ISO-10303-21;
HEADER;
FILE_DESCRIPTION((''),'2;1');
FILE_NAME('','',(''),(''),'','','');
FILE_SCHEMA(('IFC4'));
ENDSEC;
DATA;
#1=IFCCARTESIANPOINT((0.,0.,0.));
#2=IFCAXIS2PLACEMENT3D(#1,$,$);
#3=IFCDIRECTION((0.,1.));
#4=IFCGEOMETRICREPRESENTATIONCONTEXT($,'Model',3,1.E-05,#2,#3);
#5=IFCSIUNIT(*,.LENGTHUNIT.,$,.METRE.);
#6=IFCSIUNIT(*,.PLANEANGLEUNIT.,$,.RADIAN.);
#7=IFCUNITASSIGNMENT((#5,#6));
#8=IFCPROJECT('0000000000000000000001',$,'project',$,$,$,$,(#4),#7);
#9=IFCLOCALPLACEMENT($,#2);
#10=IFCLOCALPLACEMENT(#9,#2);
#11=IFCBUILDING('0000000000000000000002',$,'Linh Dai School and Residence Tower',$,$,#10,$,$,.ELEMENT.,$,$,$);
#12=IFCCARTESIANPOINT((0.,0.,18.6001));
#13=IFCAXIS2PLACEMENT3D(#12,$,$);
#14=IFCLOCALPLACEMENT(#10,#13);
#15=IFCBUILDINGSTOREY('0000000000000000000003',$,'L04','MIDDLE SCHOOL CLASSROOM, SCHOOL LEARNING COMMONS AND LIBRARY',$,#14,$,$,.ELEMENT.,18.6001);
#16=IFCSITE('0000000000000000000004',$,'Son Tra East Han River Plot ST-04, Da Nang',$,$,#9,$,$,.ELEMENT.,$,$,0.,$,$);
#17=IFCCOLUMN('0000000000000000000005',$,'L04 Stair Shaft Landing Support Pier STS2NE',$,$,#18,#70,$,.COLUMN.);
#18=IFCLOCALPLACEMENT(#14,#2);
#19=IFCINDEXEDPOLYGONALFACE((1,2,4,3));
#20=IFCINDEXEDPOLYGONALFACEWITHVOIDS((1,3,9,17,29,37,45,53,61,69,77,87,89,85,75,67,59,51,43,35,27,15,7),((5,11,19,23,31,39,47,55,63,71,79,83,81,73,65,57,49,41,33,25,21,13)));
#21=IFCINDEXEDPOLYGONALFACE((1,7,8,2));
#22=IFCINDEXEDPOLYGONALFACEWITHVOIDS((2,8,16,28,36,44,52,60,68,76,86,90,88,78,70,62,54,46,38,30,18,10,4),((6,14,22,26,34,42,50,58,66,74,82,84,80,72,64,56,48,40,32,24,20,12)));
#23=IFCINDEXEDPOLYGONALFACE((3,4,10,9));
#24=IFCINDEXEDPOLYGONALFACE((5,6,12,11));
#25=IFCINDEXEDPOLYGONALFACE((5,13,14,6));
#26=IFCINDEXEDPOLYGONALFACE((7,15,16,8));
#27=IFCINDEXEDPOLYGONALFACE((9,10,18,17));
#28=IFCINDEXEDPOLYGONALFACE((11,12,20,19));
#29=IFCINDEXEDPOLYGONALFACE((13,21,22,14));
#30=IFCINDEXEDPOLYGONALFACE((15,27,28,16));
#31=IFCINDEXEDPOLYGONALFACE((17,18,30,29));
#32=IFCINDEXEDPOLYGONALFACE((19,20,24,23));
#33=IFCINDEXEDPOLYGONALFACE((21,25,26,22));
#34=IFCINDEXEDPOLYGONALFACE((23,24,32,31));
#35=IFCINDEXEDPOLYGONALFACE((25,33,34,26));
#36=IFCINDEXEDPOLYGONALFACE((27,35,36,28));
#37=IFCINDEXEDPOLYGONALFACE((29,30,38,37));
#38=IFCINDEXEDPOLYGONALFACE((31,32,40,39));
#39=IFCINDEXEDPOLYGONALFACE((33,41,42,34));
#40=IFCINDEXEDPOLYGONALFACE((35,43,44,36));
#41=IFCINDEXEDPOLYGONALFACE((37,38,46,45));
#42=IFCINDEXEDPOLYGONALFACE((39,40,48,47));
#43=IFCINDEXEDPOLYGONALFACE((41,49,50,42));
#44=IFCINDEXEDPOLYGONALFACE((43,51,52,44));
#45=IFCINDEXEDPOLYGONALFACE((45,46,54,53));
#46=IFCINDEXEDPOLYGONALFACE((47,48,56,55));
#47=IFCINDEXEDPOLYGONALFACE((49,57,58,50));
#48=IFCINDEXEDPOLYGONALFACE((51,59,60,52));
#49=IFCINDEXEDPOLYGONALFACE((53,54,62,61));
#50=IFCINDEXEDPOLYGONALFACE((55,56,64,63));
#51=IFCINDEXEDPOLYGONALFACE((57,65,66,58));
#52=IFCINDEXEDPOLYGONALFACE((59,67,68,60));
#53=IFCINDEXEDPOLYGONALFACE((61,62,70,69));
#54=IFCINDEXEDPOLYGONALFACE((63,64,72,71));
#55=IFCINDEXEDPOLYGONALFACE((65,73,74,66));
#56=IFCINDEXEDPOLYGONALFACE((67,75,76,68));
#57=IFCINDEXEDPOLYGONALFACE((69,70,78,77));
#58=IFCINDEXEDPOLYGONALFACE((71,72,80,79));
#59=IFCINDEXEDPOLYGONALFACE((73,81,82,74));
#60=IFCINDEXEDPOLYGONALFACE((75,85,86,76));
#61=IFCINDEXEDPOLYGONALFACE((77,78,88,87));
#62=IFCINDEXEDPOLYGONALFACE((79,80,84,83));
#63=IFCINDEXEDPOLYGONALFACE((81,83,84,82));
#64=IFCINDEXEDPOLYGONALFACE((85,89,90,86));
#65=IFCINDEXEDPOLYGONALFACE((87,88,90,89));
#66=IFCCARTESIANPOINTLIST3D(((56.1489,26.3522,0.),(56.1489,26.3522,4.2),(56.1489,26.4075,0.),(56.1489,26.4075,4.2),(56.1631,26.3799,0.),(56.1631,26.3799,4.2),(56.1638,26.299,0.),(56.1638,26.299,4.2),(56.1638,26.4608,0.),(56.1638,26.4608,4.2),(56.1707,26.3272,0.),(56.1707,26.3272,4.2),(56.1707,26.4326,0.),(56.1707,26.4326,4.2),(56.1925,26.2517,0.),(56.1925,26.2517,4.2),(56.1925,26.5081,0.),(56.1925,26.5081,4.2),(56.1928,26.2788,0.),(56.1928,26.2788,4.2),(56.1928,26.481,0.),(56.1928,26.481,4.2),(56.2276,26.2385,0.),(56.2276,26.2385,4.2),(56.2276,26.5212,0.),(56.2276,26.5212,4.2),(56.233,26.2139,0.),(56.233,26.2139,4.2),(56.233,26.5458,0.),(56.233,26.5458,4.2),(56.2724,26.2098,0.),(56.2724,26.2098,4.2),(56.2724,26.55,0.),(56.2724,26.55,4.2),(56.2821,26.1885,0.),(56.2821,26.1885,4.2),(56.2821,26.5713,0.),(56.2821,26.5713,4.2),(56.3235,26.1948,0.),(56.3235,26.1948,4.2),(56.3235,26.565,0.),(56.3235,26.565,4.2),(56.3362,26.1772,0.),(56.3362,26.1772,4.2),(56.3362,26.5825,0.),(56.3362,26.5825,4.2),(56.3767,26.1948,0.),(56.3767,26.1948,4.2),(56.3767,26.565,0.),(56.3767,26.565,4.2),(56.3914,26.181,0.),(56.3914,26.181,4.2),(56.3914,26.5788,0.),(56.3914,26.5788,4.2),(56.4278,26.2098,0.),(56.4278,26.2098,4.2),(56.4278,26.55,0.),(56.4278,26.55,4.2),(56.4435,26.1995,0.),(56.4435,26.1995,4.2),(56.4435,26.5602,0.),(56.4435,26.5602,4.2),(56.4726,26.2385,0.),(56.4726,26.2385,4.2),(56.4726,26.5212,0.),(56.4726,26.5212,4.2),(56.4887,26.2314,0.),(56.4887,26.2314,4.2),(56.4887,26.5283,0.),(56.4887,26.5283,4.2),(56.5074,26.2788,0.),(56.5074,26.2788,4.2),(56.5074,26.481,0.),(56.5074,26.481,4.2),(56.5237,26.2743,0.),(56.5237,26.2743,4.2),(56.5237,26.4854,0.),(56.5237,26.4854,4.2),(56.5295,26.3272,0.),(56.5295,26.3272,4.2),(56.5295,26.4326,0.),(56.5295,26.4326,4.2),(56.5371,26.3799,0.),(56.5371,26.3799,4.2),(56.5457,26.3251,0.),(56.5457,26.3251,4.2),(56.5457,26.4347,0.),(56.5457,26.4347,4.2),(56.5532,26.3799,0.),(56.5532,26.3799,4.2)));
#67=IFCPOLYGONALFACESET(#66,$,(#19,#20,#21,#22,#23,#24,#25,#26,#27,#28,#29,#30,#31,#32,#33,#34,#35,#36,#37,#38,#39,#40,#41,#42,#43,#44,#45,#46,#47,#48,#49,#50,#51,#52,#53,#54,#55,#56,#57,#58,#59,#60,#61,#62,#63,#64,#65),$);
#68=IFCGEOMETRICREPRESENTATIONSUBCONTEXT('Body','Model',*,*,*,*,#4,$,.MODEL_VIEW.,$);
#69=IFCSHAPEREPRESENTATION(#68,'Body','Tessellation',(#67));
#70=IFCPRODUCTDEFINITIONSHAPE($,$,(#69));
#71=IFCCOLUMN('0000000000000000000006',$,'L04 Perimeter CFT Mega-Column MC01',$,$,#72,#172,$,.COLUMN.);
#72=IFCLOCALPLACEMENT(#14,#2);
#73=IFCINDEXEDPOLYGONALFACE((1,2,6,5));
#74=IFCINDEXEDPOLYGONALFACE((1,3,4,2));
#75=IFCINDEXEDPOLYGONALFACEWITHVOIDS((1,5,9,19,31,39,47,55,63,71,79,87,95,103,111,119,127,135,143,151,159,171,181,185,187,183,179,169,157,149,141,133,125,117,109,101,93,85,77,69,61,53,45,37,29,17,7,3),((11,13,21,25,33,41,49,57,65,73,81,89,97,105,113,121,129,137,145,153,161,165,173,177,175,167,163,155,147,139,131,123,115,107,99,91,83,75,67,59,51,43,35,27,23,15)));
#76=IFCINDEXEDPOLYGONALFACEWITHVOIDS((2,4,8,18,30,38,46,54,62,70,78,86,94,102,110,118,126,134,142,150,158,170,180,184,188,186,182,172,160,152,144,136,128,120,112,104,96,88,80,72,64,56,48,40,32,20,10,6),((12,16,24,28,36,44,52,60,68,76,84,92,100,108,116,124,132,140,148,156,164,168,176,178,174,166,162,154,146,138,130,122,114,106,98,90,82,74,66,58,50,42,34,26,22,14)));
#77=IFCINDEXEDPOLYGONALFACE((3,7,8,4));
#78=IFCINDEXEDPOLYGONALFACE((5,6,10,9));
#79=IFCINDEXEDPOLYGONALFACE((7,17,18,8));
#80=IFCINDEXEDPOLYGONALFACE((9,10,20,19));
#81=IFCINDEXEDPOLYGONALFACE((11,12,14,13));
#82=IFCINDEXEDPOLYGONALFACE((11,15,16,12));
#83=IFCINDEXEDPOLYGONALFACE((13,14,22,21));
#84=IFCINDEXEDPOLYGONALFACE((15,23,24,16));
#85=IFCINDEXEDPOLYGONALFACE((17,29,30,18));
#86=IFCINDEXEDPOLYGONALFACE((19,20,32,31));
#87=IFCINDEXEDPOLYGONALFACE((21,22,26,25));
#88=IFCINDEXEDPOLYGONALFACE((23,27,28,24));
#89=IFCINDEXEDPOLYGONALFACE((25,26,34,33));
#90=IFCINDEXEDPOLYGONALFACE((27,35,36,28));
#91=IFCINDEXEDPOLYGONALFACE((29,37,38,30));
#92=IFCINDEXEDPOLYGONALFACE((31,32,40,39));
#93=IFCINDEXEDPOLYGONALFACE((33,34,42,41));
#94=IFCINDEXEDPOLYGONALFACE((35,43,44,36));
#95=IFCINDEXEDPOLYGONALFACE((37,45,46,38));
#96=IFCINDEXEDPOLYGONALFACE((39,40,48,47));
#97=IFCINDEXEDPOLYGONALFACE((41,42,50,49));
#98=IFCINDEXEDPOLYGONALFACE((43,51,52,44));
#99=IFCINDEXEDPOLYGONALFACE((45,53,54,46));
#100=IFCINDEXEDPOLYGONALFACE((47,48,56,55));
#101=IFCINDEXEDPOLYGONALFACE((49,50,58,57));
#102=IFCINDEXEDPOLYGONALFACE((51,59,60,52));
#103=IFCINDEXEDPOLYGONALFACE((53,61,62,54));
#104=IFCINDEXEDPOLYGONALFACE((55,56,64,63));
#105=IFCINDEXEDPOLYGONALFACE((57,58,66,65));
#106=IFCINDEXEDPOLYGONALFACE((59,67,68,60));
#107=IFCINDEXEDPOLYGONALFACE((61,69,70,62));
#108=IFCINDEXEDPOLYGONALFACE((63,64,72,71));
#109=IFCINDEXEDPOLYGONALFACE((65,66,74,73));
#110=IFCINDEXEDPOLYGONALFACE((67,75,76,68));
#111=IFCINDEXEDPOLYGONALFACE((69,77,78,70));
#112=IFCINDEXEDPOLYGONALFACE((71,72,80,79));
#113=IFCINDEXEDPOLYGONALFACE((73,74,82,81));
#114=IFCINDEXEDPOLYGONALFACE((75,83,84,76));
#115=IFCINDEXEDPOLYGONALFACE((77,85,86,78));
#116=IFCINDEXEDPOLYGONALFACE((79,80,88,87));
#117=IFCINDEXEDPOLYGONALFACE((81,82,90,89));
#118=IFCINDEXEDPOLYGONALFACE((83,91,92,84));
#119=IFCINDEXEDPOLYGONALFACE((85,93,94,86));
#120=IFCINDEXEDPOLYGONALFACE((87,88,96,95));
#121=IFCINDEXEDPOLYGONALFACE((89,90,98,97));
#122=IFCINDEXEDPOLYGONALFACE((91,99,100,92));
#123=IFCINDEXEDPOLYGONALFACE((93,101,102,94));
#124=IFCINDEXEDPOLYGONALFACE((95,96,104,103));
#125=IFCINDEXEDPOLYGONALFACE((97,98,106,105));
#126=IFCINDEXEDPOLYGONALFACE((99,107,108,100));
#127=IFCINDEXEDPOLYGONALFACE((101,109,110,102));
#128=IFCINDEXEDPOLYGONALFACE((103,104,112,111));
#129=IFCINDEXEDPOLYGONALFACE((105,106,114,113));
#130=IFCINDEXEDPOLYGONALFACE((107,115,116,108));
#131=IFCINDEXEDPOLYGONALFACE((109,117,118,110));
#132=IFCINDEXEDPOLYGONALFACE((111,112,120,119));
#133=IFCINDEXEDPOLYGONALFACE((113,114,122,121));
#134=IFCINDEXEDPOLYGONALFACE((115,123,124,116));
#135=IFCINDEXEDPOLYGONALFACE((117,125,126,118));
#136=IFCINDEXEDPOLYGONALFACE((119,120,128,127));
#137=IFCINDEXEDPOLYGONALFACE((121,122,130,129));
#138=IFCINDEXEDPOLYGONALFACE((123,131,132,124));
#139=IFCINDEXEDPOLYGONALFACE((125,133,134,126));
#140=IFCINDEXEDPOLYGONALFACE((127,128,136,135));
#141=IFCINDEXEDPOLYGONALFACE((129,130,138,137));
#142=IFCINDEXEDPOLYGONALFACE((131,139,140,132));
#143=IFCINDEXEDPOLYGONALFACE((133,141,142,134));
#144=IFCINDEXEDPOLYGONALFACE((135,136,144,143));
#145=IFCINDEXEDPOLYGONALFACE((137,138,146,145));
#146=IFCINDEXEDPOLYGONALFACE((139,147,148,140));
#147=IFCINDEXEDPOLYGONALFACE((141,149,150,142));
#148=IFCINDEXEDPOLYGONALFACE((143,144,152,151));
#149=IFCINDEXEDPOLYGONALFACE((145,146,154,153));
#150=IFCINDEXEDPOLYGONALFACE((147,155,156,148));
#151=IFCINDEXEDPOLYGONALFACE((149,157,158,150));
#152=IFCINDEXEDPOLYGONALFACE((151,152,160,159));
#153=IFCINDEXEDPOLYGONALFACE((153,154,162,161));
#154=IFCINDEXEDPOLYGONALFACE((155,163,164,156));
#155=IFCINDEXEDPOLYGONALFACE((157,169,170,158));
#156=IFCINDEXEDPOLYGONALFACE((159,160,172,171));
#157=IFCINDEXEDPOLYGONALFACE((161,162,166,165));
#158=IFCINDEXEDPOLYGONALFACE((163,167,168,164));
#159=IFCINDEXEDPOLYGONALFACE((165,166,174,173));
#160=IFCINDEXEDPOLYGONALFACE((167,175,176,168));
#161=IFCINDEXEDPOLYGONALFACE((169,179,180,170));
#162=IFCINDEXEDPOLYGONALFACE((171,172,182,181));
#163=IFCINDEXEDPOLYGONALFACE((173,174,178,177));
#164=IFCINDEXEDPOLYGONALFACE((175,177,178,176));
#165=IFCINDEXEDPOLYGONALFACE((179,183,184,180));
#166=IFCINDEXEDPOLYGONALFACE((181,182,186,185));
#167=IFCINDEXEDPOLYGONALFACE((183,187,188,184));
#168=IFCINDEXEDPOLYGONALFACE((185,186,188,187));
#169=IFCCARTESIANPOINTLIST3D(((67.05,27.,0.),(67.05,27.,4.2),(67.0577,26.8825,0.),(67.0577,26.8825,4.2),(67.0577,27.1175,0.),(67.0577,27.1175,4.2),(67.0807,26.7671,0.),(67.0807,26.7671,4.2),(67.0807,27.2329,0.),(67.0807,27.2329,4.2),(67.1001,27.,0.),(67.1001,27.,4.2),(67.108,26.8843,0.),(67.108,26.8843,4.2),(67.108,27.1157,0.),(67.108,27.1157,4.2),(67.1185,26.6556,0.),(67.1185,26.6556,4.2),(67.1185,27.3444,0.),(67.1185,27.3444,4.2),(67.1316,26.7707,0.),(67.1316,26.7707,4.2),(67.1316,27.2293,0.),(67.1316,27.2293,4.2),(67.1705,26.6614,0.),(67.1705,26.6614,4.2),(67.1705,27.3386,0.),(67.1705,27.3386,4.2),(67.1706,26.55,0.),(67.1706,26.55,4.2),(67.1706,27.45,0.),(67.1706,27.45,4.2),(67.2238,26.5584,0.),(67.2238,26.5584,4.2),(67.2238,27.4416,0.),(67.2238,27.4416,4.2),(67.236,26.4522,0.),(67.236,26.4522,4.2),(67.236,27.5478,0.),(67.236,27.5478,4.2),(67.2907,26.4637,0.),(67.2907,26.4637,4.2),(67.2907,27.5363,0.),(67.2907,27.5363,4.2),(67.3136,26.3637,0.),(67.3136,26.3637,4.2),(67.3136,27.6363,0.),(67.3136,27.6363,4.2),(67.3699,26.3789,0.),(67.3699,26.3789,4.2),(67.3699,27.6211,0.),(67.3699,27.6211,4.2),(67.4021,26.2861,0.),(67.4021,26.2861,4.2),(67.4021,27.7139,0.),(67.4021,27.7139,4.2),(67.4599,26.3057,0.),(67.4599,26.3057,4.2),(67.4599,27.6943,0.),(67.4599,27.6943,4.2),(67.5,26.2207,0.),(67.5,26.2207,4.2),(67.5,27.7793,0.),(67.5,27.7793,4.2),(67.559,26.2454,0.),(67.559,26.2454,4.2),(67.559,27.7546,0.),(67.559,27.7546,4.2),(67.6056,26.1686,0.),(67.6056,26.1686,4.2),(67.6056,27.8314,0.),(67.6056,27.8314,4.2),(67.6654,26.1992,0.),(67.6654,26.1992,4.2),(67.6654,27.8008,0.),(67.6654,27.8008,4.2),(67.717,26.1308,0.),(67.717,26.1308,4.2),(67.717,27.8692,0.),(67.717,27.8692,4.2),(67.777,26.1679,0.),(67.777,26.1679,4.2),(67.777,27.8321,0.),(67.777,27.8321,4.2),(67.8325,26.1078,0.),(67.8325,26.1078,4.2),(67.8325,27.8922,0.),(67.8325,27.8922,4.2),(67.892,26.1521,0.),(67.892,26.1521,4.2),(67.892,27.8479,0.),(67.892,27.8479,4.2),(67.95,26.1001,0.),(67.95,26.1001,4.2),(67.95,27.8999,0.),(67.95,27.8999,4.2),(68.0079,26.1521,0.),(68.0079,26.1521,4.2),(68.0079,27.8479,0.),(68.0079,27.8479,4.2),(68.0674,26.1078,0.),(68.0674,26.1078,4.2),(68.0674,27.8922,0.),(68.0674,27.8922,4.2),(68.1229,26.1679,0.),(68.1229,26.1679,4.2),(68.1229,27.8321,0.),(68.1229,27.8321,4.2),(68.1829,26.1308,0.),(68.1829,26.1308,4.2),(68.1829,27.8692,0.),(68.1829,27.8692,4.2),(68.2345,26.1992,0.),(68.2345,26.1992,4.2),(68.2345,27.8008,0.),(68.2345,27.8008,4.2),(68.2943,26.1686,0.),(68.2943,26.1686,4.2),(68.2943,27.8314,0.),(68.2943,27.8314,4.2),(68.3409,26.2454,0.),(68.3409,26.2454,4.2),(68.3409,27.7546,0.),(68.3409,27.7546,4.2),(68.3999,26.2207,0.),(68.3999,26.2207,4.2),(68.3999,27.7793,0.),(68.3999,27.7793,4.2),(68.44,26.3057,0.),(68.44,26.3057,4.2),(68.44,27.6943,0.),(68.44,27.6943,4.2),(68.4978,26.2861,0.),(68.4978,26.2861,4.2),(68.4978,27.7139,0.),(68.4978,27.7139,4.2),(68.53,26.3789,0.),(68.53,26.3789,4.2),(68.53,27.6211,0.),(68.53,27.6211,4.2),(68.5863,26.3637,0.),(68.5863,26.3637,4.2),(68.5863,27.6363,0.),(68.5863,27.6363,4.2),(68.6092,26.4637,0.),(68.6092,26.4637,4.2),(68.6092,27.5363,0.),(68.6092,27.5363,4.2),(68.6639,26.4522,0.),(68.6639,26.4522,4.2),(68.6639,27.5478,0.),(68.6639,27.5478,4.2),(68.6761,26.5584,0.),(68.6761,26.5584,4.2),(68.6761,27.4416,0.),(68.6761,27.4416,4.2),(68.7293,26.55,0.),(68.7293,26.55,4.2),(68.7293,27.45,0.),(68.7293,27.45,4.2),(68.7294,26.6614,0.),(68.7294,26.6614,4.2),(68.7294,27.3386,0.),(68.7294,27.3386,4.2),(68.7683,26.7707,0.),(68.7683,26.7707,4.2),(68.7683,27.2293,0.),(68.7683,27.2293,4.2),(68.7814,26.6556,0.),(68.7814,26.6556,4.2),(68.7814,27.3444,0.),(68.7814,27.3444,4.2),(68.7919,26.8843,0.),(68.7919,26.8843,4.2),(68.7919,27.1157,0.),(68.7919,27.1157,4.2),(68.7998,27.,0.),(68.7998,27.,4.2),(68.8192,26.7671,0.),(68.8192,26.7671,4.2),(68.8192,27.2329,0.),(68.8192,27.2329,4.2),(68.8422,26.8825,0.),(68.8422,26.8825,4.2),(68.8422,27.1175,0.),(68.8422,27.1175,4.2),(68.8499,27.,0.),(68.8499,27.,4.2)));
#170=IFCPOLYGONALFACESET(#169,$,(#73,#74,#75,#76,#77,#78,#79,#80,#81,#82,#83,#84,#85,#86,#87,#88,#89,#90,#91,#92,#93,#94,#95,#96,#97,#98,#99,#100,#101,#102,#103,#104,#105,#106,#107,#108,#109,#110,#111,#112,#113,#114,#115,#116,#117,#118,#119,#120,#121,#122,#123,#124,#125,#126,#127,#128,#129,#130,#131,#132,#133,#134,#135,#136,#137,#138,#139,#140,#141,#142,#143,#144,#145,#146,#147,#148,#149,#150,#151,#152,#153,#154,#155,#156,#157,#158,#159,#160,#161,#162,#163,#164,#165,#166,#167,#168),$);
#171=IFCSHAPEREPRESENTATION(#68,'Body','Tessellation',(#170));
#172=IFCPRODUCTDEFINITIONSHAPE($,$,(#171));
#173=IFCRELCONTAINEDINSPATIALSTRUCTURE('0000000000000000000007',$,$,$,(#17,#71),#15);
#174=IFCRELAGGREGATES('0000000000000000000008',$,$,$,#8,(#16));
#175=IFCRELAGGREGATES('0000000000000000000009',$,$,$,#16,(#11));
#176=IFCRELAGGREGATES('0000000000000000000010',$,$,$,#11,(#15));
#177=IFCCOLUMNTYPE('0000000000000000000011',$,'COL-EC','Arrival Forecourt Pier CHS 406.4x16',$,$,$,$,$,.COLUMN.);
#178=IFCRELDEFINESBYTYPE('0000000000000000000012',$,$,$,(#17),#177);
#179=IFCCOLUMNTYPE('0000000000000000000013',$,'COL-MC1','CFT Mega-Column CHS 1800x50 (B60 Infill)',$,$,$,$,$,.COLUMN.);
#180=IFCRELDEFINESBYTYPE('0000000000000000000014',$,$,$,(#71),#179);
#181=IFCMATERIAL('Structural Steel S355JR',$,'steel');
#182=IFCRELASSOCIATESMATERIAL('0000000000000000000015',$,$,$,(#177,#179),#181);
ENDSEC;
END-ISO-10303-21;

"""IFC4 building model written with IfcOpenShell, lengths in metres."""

from ifc_helpers import new_model, si_unit, direction, frame, origin, origin_2d, place, context, subcontext, project, spatial, hollow_circle, extrude, material, material_profile, profile_set, type_object, element, save


model = new_model("IFC4")

# Units and contexts
model_context = context("Model", 3, precision=1e-05, world=origin(), true_north=direction((0.0, 1.0)))
body_context = subcontext(model_context, "Body", "Model", "MODEL_VIEW")
ifc_project = project(units=[si_unit("LENGTHUNIT", "METRE"), si_unit("PLANEANGLEUNIT", "RADIAN")], contexts=[model_context])

# Site, building, storey
site_placement = place(None, origin())
site = spatial("IfcSite", under=ifc_project, at=site_placement, Name="Son Tra East Han River Plot ST-04, Da Nang", CompositionType="ELEMENT", RefElevation=0.0)
building_placement = place(site_placement, origin())
building = spatial("IfcBuilding", under=site, at=building_placement, Name="Linh Dai School and Residence Tower", CompositionType="ELEMENT")
storey_placement = place(building_placement, frame((0.0, 0.0, 18.6001)))
storey = spatial("IfcBuildingStorey", under=building, at=storey_placement, Name="L04", Description="MIDDLE SCHOOL CLASSROOM, SCHOOL LEARNING COMMONS AND LIBRARY", CompositionType="ELEMENT", Elevation=18.6001)

# Columns
ifc_material_1 = material(Name="Structural Steel S355JR", Category="steel")
ifc_material_profile_1 = material_profile(ifc_material_1, hollow_circle(Radius=0.2031, WallThickness=0.0161, at=origin_2d()), Name="CHS 406.4x16")
ifc_profile_set_1 = profile_set([ifc_material_profile_1], Name="Structural Steel S355JR")
column_type_1 = type_object("IfcColumnType", Name="COL-EC", Description="Arrival Forecourt Pier CHS 406.4x16", PredefinedType="COLUMN", material=ifc_profile_set_1)
column_1_placement = place(storey_placement, frame((56.3501, 26.3799, 0.0), z_axis=(0.0, 0.0, 1.0), x_axis=(1.0, 0.0, 0.0)))
element("IfcColumn", 1, at=column_1_placement, inside=storey, type_object=column_type_1, Name="L04 Stair Shaft Landing Support Pier STS2NE", PredefinedType="COLUMN", context=body_context, shape_type="SweptSolid", body=[
    extrude(hollow_circle(Radius=0.2031, WallThickness=0.0161, at=origin_2d()), origin(), (0.0, 0.0, 1.0), 4.2),
])
ifc_material_profile_2 = material_profile(ifc_material_1, hollow_circle(Radius=0.8999, WallThickness=0.05, at=origin_2d()), Name="CHS 1800x50")
ifc_profile_set_2 = profile_set([ifc_material_profile_2], Name="Structural Steel S355JR")
column_type_2 = type_object("IfcColumnType", Name="COL-MC1", Description="CFT Mega-Column CHS 1800x50 (B60 Infill)", PredefinedType="COLUMN", material=ifc_profile_set_2)
column_2_placement = place(storey_placement, frame((67.95, 27.0, 0.0), z_axis=(0.0, 0.0, 1.0), x_axis=(1.0, 0.0, 0.0)))
element("IfcColumn", 2, at=column_2_placement, inside=storey, type_object=column_type_2, Name="L04 Perimeter CFT Mega-Column MC01", PredefinedType="COLUMN", context=body_context, shape_type="SweptSolid", body=[
    extrude(hollow_circle(Radius=0.8999, WallThickness=0.05, at=origin_2d()), origin(), (0.0, 0.0, 1.0), 4.2),
])

save(model, "model.ifc")
